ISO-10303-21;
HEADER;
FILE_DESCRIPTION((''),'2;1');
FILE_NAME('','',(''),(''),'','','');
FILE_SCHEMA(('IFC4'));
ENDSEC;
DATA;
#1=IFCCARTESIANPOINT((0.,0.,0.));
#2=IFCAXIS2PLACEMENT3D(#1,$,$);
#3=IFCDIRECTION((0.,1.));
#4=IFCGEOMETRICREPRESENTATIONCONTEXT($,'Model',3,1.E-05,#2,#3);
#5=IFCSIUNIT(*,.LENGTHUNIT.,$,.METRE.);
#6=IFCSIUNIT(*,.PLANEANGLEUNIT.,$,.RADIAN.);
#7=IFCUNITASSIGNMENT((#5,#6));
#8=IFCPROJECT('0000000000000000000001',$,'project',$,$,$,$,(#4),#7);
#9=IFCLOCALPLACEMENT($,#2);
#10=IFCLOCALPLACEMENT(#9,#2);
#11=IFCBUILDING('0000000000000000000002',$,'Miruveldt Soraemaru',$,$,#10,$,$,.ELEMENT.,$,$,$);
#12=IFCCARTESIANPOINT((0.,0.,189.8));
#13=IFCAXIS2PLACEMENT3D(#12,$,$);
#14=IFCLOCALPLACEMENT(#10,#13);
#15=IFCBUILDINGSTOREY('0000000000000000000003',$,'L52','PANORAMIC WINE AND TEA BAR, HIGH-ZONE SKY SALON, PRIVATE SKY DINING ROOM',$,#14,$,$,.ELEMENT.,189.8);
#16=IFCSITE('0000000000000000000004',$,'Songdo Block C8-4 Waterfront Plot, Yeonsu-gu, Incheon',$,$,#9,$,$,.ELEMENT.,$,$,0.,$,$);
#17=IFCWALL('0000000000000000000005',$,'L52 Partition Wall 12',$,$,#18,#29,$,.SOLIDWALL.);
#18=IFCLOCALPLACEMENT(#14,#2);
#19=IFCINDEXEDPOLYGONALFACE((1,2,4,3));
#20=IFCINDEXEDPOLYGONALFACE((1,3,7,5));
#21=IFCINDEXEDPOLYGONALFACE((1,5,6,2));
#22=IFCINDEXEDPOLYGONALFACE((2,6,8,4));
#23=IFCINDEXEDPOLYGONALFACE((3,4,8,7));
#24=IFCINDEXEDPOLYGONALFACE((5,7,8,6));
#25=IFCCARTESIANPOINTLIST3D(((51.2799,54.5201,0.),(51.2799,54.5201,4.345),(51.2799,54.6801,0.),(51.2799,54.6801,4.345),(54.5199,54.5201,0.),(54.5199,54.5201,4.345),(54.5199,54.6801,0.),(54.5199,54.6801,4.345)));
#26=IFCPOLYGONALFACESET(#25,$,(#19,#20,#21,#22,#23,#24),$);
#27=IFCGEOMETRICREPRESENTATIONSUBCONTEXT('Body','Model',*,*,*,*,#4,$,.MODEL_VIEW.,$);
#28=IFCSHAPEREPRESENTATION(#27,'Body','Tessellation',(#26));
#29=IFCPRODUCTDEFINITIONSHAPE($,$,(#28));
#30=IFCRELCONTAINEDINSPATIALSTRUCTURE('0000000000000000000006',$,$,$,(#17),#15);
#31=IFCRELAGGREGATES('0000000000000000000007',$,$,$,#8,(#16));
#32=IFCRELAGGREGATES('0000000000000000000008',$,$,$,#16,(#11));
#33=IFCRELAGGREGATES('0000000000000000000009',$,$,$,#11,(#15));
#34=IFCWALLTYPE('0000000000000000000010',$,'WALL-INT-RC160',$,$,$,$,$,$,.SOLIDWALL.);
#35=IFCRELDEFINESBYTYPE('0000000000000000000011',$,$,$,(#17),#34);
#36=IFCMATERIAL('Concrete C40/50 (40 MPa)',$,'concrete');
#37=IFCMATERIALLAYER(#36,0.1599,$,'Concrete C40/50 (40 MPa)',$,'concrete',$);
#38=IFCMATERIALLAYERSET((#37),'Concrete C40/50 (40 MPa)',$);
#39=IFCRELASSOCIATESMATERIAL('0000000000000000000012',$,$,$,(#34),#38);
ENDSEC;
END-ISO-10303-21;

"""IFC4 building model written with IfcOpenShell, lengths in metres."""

from ifc_helpers import new_model, si_unit, direction, frame, frame_2d, origin, place, context, subcontext, project, spatial, rectangle, extrude, material, layer, layer_set, type_object, element, save


model = new_model("IFC4")

# Units and contexts
model_context = context("Model", 3, precision=1e-05, world=origin(), true_north=direction((0.0, 1.0)))
body_context = subcontext(model_context, "Body", "Model", "MODEL_VIEW")
ifc_project = project(units=[si_unit("LENGTHUNIT", "METRE"), si_unit("PLANEANGLEUNIT", "RADIAN")], contexts=[model_context])

# Site, building, storey
site_placement = place(None, origin())
site = spatial("IfcSite", under=ifc_project, at=site_placement, Name="Songdo Block C8-4 Waterfront Plot, Yeonsu-gu, Incheon", CompositionType="ELEMENT", RefElevation=0.0)
building_placement = place(site_placement, origin())
building = spatial("IfcBuilding", under=site, at=building_placement, Name="Miruveldt Soraemaru", CompositionType="ELEMENT")
storey_placement = place(building_placement, frame((0.0, 0.0, 189.8)))
storey = spatial("IfcBuildingStorey", under=building, at=storey_placement, Name="L52", Description="PANORAMIC WINE AND TEA BAR, HIGH-ZONE SKY SALON, PRIVATE SKY DINING ROOM", CompositionType="ELEMENT", Elevation=189.8)

# Wall
ifc_material_1 = material(Name="Concrete C40/50 (40 MPa)", Category="concrete")
ifc_layer_1 = layer(ifc_material_1, 0.1599, Name="Concrete C40/50 (40 MPa)", Category="concrete")
ifc_layer_set_1 = layer_set([ifc_layer_1], Name="Concrete C40/50 (40 MPa)")
wall_type_1 = type_object("IfcWallType", Name="WALL-INT-RC160", PredefinedType="SOLIDWALL", material=ifc_layer_set_1)
wall_1_placement = place(storey_placement, frame((54.52, 54.6001, 0.0), z_axis=(0.0, 0.0, 1.0), x_axis=(-1.0, 0.0, 0.0)))
element("IfcWall", 1, at=wall_1_placement, inside=storey, type_object=wall_type_1, Name="L52 Partition Wall 12", PredefinedType="SOLIDWALL", context=body_context, shape_type="SweptSolid", body=[
    extrude(rectangle(XDim=3.24, YDim=0.1599, at=frame_2d((1.6201, 0.0))), origin(), (0.0, 0.0, 1.0), 4.345),
])

save(model, "model.ifc")
